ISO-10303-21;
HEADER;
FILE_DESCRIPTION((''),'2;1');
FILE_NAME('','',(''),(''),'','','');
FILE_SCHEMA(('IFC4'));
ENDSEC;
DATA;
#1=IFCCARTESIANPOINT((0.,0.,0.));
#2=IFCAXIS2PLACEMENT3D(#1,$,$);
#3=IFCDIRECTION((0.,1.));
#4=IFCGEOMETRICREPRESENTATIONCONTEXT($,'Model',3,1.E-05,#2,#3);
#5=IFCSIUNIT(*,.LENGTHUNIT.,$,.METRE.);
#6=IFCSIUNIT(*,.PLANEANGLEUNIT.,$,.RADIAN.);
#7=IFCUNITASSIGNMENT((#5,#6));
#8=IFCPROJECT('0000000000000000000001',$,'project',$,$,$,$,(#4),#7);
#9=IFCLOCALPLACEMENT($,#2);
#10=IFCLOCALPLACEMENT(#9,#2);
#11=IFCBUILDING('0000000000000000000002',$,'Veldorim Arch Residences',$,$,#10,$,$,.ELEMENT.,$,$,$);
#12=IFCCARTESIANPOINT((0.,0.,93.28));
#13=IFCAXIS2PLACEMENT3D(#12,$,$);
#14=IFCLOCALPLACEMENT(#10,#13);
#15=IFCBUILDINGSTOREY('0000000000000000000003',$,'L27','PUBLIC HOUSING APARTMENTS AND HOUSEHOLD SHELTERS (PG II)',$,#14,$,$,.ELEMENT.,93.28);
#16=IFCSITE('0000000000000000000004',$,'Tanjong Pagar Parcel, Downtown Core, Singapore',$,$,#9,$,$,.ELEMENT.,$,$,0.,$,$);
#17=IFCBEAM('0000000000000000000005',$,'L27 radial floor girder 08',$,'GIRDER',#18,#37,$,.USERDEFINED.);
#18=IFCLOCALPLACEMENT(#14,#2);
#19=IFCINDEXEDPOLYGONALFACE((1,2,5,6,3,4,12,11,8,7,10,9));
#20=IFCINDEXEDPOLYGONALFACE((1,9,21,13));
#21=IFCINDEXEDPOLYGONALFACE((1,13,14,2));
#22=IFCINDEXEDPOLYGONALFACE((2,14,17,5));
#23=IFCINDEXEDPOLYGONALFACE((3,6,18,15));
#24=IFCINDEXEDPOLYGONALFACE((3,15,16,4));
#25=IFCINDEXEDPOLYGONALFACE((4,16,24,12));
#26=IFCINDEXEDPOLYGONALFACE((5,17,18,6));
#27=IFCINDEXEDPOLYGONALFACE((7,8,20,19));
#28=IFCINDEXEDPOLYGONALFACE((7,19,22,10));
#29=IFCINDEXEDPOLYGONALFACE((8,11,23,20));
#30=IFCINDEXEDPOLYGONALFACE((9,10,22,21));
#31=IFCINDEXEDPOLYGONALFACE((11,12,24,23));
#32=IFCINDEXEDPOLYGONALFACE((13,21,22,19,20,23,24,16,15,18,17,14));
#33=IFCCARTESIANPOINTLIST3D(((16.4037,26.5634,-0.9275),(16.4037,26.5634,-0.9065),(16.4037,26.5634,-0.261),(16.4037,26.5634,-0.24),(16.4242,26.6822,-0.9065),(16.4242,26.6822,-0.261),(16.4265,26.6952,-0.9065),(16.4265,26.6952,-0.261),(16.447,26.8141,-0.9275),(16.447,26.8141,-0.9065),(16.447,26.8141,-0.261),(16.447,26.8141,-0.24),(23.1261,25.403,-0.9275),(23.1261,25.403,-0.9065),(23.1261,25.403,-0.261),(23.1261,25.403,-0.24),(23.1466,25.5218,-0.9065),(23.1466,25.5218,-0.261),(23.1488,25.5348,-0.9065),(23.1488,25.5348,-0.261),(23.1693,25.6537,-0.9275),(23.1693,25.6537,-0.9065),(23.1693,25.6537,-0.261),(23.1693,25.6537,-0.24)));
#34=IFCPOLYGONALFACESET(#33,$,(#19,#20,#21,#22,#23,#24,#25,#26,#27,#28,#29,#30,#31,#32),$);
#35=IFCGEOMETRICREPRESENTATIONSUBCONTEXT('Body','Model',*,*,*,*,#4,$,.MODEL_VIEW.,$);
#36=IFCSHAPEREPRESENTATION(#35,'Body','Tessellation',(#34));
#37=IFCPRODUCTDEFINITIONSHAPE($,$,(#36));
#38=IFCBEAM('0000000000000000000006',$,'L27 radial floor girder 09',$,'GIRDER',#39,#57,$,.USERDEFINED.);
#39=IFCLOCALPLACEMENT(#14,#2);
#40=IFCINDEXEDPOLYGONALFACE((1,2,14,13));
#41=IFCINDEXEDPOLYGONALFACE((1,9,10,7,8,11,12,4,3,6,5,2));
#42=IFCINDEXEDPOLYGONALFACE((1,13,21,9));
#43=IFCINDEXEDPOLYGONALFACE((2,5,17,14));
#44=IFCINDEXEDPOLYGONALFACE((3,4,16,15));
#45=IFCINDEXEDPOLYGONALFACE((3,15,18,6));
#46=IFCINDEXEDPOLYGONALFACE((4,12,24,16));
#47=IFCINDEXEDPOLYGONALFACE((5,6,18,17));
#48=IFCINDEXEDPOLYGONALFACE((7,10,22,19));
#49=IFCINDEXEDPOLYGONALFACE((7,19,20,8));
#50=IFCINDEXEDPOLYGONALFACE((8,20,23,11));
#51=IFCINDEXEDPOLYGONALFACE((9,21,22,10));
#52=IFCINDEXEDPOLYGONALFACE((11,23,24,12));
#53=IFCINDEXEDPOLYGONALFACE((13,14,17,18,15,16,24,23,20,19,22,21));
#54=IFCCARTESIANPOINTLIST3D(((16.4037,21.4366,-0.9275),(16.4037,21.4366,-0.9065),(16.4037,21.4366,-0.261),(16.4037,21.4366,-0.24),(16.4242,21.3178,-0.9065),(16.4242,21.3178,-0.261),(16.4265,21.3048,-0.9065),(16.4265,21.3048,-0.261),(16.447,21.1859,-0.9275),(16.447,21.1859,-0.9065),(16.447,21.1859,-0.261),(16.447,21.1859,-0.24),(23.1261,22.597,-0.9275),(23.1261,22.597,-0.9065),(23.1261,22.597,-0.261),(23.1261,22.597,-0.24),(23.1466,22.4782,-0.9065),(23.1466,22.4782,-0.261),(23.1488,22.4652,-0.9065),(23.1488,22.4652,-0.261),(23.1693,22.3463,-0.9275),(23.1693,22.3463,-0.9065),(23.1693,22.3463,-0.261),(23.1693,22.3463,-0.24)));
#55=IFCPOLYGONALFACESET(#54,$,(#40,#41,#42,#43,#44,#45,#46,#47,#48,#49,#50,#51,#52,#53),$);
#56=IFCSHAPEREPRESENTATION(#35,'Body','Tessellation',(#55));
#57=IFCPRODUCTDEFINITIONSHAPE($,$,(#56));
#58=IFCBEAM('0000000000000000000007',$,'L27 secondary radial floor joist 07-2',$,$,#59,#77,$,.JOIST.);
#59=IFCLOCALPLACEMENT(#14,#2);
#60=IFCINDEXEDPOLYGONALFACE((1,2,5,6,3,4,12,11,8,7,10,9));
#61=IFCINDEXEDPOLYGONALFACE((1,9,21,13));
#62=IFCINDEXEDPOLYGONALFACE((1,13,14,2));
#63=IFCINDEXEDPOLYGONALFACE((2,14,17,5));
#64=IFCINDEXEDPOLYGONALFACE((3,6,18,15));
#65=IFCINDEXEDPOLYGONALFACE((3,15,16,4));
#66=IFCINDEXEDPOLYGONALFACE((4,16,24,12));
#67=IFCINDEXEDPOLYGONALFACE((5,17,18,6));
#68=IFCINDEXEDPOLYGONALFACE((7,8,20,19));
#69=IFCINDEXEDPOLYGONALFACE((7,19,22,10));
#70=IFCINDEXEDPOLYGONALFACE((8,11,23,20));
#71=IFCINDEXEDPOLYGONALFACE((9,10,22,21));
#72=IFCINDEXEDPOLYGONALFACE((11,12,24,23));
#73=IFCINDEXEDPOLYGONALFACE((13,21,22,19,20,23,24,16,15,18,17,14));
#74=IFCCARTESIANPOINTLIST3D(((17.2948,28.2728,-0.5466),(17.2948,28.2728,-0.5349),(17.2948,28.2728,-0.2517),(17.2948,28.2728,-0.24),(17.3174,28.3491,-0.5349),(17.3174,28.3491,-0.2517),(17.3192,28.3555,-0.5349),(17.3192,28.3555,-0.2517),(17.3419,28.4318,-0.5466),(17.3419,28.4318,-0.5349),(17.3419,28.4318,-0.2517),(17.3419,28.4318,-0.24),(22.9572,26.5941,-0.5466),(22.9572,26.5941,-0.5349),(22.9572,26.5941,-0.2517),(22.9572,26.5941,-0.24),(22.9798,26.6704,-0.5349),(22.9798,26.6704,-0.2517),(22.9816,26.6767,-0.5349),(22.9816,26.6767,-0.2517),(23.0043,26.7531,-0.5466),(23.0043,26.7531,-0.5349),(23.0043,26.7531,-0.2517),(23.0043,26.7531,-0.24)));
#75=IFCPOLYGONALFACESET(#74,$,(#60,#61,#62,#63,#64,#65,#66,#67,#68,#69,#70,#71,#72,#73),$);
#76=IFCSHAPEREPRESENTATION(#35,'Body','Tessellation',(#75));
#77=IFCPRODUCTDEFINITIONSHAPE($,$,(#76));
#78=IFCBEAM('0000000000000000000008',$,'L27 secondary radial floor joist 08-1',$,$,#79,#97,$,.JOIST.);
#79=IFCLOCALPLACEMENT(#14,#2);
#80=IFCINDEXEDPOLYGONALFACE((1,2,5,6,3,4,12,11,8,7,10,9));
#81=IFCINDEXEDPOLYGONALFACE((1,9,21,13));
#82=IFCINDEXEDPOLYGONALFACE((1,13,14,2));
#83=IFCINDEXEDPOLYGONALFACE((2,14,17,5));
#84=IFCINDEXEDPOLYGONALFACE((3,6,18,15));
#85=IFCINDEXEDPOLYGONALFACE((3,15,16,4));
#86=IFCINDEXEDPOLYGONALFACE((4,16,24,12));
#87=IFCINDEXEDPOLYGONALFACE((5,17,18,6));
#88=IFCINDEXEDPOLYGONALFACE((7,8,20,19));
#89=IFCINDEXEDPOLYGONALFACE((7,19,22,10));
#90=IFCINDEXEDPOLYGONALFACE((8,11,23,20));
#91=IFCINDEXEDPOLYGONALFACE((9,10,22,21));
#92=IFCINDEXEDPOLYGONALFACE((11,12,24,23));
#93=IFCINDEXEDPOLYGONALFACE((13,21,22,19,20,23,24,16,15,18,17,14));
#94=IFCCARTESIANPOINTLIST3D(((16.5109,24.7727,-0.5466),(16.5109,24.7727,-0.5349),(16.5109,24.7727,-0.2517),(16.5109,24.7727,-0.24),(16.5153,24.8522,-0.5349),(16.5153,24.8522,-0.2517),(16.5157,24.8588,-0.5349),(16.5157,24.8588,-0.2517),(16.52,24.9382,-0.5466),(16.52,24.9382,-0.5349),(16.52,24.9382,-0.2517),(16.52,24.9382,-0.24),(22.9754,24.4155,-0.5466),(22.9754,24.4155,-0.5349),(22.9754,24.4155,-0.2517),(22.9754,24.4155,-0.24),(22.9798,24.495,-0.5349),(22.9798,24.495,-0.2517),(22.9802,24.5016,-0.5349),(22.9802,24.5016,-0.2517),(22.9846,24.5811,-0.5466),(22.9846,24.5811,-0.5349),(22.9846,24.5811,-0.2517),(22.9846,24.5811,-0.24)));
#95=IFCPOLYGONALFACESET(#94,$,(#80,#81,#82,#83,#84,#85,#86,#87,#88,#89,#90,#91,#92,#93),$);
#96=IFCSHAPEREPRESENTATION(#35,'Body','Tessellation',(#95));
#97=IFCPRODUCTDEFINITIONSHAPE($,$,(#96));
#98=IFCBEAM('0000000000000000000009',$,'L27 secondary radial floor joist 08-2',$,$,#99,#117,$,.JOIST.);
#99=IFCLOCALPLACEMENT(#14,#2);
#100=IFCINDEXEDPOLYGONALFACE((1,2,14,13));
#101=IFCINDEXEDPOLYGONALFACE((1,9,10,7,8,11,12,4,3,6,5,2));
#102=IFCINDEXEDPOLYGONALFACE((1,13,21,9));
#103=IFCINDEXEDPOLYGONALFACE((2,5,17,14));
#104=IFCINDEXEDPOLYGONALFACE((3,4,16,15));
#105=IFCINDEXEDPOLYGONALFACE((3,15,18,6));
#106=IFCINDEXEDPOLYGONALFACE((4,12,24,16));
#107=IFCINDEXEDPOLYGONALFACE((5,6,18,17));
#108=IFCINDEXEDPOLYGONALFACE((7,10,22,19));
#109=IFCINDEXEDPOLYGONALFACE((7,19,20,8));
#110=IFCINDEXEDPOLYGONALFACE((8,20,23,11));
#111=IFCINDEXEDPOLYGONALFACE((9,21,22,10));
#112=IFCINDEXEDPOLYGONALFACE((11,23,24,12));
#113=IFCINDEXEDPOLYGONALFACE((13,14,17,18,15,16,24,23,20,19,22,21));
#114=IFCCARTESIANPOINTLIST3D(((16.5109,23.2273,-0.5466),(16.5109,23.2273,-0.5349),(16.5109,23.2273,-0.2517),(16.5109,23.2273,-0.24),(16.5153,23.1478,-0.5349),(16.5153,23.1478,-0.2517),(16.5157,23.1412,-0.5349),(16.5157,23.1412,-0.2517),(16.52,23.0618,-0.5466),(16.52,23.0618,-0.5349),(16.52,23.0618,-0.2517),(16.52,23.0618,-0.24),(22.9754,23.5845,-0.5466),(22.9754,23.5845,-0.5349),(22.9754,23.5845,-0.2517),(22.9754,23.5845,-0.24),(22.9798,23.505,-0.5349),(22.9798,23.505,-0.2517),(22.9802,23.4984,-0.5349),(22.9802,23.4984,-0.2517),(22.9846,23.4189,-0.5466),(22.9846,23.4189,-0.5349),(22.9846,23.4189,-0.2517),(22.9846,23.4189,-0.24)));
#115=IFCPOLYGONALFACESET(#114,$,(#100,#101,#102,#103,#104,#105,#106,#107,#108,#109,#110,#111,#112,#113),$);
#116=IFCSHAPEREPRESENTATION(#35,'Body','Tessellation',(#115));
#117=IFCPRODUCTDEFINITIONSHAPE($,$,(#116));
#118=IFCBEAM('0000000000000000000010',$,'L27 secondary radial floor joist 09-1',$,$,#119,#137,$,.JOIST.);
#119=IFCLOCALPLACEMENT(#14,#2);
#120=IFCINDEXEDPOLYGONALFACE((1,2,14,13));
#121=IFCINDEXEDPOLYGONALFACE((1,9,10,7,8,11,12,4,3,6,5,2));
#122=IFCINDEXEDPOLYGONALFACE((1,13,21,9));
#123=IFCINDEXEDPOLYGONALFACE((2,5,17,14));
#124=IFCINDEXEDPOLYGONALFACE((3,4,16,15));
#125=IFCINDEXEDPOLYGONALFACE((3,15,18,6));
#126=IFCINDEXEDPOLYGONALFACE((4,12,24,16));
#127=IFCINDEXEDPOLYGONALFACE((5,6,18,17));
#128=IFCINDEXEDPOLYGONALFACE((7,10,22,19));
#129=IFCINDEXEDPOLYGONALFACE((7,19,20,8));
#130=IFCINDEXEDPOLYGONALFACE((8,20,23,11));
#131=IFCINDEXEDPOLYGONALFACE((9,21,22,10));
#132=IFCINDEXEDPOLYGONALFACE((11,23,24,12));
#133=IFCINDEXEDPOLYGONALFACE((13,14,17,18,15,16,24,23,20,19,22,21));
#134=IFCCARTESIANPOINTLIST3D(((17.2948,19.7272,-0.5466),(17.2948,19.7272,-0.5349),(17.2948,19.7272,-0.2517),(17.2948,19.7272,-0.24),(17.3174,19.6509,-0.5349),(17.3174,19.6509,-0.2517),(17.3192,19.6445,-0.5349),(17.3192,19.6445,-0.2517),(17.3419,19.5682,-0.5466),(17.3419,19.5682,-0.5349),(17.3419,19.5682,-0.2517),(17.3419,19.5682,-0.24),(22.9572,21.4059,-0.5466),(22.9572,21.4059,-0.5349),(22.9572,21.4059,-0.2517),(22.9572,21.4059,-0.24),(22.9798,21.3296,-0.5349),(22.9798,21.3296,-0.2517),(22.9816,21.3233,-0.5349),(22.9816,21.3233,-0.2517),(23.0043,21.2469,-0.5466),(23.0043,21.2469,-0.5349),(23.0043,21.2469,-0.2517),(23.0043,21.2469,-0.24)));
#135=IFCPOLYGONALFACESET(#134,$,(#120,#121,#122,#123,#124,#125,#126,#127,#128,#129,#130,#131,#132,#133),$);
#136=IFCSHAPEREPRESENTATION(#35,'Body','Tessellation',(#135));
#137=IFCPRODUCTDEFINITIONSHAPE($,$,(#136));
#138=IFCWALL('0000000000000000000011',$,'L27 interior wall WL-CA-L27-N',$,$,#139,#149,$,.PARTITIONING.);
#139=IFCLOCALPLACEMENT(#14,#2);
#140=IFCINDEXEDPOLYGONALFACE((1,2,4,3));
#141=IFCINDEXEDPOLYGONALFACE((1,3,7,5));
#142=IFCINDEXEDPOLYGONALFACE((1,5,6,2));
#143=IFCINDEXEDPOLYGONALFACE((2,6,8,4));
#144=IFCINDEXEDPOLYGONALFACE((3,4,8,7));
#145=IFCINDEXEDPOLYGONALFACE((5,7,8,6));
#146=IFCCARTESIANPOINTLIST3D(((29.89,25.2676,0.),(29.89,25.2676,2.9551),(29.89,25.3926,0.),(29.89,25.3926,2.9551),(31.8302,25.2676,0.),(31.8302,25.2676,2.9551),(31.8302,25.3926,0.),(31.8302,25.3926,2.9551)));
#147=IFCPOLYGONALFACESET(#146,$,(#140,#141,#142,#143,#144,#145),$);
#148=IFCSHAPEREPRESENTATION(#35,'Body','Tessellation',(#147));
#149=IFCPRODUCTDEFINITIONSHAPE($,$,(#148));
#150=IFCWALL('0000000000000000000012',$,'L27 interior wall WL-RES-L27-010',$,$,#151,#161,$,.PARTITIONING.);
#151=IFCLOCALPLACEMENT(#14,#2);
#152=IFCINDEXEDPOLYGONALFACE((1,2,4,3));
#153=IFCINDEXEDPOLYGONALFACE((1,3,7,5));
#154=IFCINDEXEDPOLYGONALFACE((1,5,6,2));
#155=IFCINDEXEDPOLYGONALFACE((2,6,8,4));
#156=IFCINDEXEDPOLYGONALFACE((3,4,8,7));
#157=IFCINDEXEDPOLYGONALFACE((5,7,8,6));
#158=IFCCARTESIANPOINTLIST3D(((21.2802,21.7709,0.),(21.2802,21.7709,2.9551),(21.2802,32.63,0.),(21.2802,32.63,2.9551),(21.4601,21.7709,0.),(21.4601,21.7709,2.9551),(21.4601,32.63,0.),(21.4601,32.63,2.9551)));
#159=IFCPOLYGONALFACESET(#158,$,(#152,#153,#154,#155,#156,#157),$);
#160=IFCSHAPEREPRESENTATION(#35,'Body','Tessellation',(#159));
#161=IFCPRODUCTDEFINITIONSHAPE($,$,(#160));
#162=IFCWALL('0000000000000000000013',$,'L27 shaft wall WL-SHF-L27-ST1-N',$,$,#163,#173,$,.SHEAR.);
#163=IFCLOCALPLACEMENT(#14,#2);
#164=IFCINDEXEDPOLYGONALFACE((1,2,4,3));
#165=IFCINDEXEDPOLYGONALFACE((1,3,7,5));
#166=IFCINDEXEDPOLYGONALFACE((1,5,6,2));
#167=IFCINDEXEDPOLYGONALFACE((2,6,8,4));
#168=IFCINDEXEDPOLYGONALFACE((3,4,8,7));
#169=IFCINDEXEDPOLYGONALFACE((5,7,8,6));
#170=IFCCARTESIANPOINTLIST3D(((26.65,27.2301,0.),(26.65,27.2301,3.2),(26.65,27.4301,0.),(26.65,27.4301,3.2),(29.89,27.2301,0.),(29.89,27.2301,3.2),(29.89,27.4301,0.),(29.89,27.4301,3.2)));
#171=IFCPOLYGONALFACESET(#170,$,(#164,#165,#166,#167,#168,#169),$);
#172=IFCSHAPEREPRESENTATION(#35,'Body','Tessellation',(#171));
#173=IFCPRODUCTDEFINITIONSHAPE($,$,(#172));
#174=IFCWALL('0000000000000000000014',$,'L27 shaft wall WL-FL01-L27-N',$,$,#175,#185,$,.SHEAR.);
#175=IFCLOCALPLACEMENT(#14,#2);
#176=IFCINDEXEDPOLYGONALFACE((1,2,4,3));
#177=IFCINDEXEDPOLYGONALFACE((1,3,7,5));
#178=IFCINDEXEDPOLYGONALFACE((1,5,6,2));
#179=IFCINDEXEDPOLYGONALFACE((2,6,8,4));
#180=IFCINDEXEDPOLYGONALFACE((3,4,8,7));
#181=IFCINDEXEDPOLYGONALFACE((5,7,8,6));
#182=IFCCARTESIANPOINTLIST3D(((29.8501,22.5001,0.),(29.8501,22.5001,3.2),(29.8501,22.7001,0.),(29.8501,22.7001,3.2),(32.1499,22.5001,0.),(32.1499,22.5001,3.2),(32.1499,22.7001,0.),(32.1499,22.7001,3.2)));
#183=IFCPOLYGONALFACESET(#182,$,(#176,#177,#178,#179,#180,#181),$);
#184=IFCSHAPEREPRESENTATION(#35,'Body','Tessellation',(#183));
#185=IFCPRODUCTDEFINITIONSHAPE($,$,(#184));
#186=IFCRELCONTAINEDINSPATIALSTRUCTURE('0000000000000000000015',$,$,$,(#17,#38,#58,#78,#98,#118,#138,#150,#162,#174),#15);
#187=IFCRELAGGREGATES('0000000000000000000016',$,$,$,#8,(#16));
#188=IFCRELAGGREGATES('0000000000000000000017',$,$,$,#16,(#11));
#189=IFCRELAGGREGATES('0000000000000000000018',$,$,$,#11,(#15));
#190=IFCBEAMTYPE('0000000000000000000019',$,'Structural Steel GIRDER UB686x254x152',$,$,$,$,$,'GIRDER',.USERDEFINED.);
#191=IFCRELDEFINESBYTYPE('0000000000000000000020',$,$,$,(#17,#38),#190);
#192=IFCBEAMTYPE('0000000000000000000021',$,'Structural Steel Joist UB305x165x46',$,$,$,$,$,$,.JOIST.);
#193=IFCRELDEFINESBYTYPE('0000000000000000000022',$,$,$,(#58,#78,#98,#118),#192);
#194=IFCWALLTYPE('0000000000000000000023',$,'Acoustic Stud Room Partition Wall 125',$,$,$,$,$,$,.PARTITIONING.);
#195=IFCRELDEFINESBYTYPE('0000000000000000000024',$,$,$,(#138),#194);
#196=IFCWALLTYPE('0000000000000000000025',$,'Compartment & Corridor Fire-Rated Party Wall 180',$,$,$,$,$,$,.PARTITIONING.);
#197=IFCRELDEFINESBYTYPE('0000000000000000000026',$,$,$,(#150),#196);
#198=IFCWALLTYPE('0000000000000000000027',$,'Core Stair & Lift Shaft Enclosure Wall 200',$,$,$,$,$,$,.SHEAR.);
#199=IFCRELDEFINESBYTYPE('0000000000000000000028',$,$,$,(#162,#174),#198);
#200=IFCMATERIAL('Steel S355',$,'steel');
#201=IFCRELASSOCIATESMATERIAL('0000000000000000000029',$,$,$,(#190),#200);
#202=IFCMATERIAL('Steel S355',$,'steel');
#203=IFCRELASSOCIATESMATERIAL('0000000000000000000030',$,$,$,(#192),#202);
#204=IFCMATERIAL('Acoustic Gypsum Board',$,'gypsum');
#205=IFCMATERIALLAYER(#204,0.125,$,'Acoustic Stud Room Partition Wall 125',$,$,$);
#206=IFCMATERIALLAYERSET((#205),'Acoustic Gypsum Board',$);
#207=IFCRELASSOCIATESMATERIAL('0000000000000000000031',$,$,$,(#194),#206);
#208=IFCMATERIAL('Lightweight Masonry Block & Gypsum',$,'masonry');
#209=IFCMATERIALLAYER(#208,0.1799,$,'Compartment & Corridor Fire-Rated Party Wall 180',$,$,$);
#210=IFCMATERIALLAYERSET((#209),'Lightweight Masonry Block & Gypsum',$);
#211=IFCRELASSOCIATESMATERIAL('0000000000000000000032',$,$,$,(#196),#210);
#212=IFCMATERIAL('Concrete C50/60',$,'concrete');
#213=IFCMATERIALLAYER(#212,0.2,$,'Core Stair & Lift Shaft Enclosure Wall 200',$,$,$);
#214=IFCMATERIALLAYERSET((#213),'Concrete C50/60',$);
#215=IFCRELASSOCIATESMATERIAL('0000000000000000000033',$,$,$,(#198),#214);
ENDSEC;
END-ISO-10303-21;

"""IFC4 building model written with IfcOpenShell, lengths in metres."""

from ifc_helpers import new_model, si_unit, direction, frame, frame_2d, origin, origin_2d, place, context, subcontext, project, spatial, rectangle, i_section, extrude, material, layer, layer_set, material_profile, profile_set, type_object, element, save


model = new_model("IFC4")

# Units and contexts
model_context = context("Model", 3, precision=1e-05, world=origin(), true_north=direction((0.0, 1.0)))
body_context = subcontext(model_context, "Body", "Model", "MODEL_VIEW")
ifc_project = project(units=[si_unit("LENGTHUNIT", "METRE"), si_unit("PLANEANGLEUNIT", "RADIAN")], contexts=[model_context])

# Site, building, storey
site_placement = place(None, origin())
site = spatial("IfcSite", under=ifc_project, at=site_placement, Name="Tanjong Pagar Parcel, Downtown Core, Singapore", CompositionType="ELEMENT", RefElevation=0.0)
building_placement = place(site_placement, origin())
building = spatial("IfcBuilding", under=site, at=building_placement, Name="Veldorim Arch Residences", CompositionType="ELEMENT")
storey_placement = place(building_placement, frame((0.0, 0.0, 93.28)))
storey = spatial("IfcBuildingStorey", under=building, at=storey_placement, Name="L27", Description="PUBLIC HOUSING APARTMENTS AND HOUSEHOLD SHELTERS (PG II)", CompositionType="ELEMENT", Elevation=93.28)

# Beams
ifc_material_1 = material(Name="Steel S355", Category="steel")
ifc_material_profile_1 = material_profile(ifc_material_1, i_section(OverallWidth=0.2544, OverallDepth=0.6875, WebThickness=0.0132, FlangeThickness=0.021, at=origin_2d()), Name="UB686x254x152")
ifc_profile_set_1 = profile_set([ifc_material_profile_1], Name="Steel S355")
beam_type_1 = type_object("IfcBeamType", Name="Structural Steel GIRDER UB686x254x152", ElementType="GIRDER", PredefinedType="USERDEFINED", material=ifc_profile_set_1)
for number, where, z_axis, x_axis, name in (
    (1, (23.1477, 25.5283, -0.5837), (-0.985427, 0.170101, 0.0), (-0.170101, -0.985427, 0.0), "L27 radial floor girder 08"),
    (2, (23.1477, 22.4717, -0.5837), (-0.985427, -0.170101, 0.0), (0.170101, -0.985427, 0.0), "L27 radial floor girder 09"),
):
    element("IfcBeam", number, at=place(storey_placement, frame(where, z_axis=z_axis, x_axis=x_axis)), inside=storey, type_object=beam_type_1, Name=name, ObjectType="GIRDER", PredefinedType="USERDEFINED", context=body_context, shape_type="SweptSolid", body=[
        extrude(i_section(OverallWidth=0.2544, OverallDepth=0.6875, WebThickness=0.0132, FlangeThickness=0.021, at=origin_2d()), origin(), (0.0, 0.0, 1.0), 6.8218),
    ])
ifc_material_2 = material(Name="Steel S355", Category="steel")
ifc_material_profile_2 = material_profile(ifc_material_2, i_section(OverallWidth=0.1658, OverallDepth=0.3066, WebThickness=0.0066, FlangeThickness=0.0117, at=origin_2d()), Name="UB305x165x46")
ifc_profile_set_2 = profile_set([ifc_material_profile_2], Name="Steel S355")
beam_type_2 = type_object("IfcBeamType", Name="Structural Steel Joist UB305x165x46", PredefinedType="JOIST", material=ifc_profile_set_2)
beam_1_placement = place(storey_placement, frame((22.9807, 26.6736, -0.3933), z_axis=(-0.958753, 0.28424, 0.0), x_axis=(-0.28424, -0.958753, 0.0)))
element("IfcBeam", 3, at=beam_1_placement, inside=storey, type_object=beam_type_2, Name="L27 secondary radial floor joist 07-2", PredefinedType="JOIST", context=body_context, shape_type="SweptSolid", body=[
    extrude(i_section(OverallWidth=0.1658, OverallDepth=0.3066, WebThickness=0.0066, FlangeThickness=0.0117, at=origin_2d()), origin(), (0.0, 0.0, 1.0), 5.906),
])
for number, where, z_axis, x_axis, name in (
    (4, (22.98, 24.4983, -0.3933), (-0.998477, 0.055167, 0.0), (-0.055167, -0.998477, 0.0), "L27 secondary radial floor joist 08-1"),
    (5, (22.98, 23.5017, -0.3933), (-0.998477, -0.055167, 0.0), (0.055167, -0.998477, 0.0), "L27 secondary radial floor joist 08-2"),
):
    element("IfcBeam", number, at=place(storey_placement, frame(where, z_axis=z_axis, x_axis=x_axis)), inside=storey, type_object=beam_type_2, Name=name, PredefinedType="JOIST", context=body_context, shape_type="SweptSolid", body=[
        extrude(i_section(OverallWidth=0.1658, OverallDepth=0.3066, WebThickness=0.0066, FlangeThickness=0.0117, at=origin_2d()), origin(), (0.0, 0.0, 1.0), 6.4744),
    ])
beam_2_placement = place(storey_placement, frame((22.9807, 21.3264, -0.3933), z_axis=(-0.958753, -0.28424, 0.0), x_axis=(0.28424, -0.958753, 0.0)))
element("IfcBeam", 6, at=beam_2_placement, inside=storey, type_object=beam_type_2, Name="L27 secondary radial floor joist 09-1", PredefinedType="JOIST", context=body_context, shape_type="SweptSolid", body=[
    extrude(i_section(OverallWidth=0.1658, OverallDepth=0.3066, WebThickness=0.0066, FlangeThickness=0.0117, at=origin_2d()), origin(), (0.0, 0.0, 1.0), 5.906),
])

# Walls
ifc_material_3 = material(Name="Acoustic Gypsum Board", Category="gypsum")
ifc_layer_1 = layer(ifc_material_3, 0.125, Name="Acoustic Stud Room Partition Wall 125")
ifc_layer_set_1 = layer_set([ifc_layer_1], Name="Acoustic Gypsum Board")
wall_type_1 = type_object("IfcWallType", Name="Acoustic Stud Room Partition Wall 125", PredefinedType="PARTITIONING", material=ifc_layer_set_1)
wall_1_placement = place(storey_placement, frame((29.8899, 25.3301, 0.0), z_axis=(0.0, 0.0, 1.0), x_axis=(1.0, 0.0, 0.0)))
element("IfcWall", 7, at=wall_1_placement, inside=storey, type_object=wall_type_1, Name="L27 interior wall WL-CA-L27-N", PredefinedType="PARTITIONING", context=body_context, shape_type="SweptSolid", body=[
    extrude(rectangle(XDim=1.9402, YDim=0.125, at=frame_2d((0.9702, 0.0))), origin(), (0.0, 0.0, 1.0), 2.9551),
])
ifc_material_4 = material(Name="Lightweight Masonry Block & Gypsum", Category="masonry")
ifc_layer_2 = layer(ifc_material_4, 0.1799, Name="Compartment & Corridor Fire-Rated Party Wall 180")
ifc_layer_set_2 = layer_set([ifc_layer_2], Name="Lightweight Masonry Block & Gypsum")
wall_type_2 = type_object("IfcWallType", Name="Compartment & Corridor Fire-Rated Party Wall 180", PredefinedType="PARTITIONING", material=ifc_layer_set_2)
wall_2_placement = place(storey_placement, frame((21.3701, 21.7708, 0.0), z_axis=(0.0, 0.0, 1.0), x_axis=(0.0, 1.0, 0.0)))
element("IfcWall", 8, at=wall_2_placement, inside=storey, type_object=wall_type_2, Name="L27 interior wall WL-RES-L27-010", PredefinedType="PARTITIONING", context=body_context, shape_type="SweptSolid", body=[
    extrude(rectangle(XDim=10.8591, YDim=0.1799, at=frame_2d((5.4297, 0.0))), origin(), (0.0, 0.0, 1.0), 2.9551),
])
ifc_material_5 = material(Name="Concrete C50/60", Category="concrete")
ifc_layer_3 = layer(ifc_material_5, 0.2, Name="Core Stair & Lift Shaft Enclosure Wall 200")
ifc_layer_set_3 = layer_set([ifc_layer_3], Name="Concrete C50/60")
wall_type_3 = type_object("IfcWallType", Name="Core Stair & Lift Shaft Enclosure Wall 200", PredefinedType="SHEAR", material=ifc_layer_set_3)
wall_3_placement = place(storey_placement, frame((26.6499, 27.3301, 0.0), z_axis=(0.0, 0.0, 1.0), x_axis=(1.0, 0.0, 0.0)))
element("IfcWall", 9, at=wall_3_placement, inside=storey, type_object=wall_type_3, Name="L27 shaft wall WL-SHF-L27-ST1-N", PredefinedType="SHEAR", context=body_context, shape_type="SweptSolid", body=[
    extrude(rectangle(XDim=3.24, YDim=0.2, at=frame_2d((1.6201, 0.0))), origin(), (0.0, 0.0, 1.0), 3.2),
])
wall_4_placement = place(storey_placement, frame((29.8501, 22.6001, 0.0), z_axis=(0.0, 0.0, 1.0), x_axis=(1.0, 0.0, 0.0)))
element("IfcWall", 10, at=wall_4_placement, inside=storey, type_object=wall_type_3, Name="L27 shaft wall WL-FL01-L27-N", PredefinedType="SHEAR", context=body_context, shape_type="SweptSolid", body=[
    extrude(rectangle(XDim=2.2998, YDim=0.2, at=frame_2d((1.1499, 0.0))), origin(), (0.0, 0.0, 1.0), 3.2),
])

save(model, "model.ifc")
